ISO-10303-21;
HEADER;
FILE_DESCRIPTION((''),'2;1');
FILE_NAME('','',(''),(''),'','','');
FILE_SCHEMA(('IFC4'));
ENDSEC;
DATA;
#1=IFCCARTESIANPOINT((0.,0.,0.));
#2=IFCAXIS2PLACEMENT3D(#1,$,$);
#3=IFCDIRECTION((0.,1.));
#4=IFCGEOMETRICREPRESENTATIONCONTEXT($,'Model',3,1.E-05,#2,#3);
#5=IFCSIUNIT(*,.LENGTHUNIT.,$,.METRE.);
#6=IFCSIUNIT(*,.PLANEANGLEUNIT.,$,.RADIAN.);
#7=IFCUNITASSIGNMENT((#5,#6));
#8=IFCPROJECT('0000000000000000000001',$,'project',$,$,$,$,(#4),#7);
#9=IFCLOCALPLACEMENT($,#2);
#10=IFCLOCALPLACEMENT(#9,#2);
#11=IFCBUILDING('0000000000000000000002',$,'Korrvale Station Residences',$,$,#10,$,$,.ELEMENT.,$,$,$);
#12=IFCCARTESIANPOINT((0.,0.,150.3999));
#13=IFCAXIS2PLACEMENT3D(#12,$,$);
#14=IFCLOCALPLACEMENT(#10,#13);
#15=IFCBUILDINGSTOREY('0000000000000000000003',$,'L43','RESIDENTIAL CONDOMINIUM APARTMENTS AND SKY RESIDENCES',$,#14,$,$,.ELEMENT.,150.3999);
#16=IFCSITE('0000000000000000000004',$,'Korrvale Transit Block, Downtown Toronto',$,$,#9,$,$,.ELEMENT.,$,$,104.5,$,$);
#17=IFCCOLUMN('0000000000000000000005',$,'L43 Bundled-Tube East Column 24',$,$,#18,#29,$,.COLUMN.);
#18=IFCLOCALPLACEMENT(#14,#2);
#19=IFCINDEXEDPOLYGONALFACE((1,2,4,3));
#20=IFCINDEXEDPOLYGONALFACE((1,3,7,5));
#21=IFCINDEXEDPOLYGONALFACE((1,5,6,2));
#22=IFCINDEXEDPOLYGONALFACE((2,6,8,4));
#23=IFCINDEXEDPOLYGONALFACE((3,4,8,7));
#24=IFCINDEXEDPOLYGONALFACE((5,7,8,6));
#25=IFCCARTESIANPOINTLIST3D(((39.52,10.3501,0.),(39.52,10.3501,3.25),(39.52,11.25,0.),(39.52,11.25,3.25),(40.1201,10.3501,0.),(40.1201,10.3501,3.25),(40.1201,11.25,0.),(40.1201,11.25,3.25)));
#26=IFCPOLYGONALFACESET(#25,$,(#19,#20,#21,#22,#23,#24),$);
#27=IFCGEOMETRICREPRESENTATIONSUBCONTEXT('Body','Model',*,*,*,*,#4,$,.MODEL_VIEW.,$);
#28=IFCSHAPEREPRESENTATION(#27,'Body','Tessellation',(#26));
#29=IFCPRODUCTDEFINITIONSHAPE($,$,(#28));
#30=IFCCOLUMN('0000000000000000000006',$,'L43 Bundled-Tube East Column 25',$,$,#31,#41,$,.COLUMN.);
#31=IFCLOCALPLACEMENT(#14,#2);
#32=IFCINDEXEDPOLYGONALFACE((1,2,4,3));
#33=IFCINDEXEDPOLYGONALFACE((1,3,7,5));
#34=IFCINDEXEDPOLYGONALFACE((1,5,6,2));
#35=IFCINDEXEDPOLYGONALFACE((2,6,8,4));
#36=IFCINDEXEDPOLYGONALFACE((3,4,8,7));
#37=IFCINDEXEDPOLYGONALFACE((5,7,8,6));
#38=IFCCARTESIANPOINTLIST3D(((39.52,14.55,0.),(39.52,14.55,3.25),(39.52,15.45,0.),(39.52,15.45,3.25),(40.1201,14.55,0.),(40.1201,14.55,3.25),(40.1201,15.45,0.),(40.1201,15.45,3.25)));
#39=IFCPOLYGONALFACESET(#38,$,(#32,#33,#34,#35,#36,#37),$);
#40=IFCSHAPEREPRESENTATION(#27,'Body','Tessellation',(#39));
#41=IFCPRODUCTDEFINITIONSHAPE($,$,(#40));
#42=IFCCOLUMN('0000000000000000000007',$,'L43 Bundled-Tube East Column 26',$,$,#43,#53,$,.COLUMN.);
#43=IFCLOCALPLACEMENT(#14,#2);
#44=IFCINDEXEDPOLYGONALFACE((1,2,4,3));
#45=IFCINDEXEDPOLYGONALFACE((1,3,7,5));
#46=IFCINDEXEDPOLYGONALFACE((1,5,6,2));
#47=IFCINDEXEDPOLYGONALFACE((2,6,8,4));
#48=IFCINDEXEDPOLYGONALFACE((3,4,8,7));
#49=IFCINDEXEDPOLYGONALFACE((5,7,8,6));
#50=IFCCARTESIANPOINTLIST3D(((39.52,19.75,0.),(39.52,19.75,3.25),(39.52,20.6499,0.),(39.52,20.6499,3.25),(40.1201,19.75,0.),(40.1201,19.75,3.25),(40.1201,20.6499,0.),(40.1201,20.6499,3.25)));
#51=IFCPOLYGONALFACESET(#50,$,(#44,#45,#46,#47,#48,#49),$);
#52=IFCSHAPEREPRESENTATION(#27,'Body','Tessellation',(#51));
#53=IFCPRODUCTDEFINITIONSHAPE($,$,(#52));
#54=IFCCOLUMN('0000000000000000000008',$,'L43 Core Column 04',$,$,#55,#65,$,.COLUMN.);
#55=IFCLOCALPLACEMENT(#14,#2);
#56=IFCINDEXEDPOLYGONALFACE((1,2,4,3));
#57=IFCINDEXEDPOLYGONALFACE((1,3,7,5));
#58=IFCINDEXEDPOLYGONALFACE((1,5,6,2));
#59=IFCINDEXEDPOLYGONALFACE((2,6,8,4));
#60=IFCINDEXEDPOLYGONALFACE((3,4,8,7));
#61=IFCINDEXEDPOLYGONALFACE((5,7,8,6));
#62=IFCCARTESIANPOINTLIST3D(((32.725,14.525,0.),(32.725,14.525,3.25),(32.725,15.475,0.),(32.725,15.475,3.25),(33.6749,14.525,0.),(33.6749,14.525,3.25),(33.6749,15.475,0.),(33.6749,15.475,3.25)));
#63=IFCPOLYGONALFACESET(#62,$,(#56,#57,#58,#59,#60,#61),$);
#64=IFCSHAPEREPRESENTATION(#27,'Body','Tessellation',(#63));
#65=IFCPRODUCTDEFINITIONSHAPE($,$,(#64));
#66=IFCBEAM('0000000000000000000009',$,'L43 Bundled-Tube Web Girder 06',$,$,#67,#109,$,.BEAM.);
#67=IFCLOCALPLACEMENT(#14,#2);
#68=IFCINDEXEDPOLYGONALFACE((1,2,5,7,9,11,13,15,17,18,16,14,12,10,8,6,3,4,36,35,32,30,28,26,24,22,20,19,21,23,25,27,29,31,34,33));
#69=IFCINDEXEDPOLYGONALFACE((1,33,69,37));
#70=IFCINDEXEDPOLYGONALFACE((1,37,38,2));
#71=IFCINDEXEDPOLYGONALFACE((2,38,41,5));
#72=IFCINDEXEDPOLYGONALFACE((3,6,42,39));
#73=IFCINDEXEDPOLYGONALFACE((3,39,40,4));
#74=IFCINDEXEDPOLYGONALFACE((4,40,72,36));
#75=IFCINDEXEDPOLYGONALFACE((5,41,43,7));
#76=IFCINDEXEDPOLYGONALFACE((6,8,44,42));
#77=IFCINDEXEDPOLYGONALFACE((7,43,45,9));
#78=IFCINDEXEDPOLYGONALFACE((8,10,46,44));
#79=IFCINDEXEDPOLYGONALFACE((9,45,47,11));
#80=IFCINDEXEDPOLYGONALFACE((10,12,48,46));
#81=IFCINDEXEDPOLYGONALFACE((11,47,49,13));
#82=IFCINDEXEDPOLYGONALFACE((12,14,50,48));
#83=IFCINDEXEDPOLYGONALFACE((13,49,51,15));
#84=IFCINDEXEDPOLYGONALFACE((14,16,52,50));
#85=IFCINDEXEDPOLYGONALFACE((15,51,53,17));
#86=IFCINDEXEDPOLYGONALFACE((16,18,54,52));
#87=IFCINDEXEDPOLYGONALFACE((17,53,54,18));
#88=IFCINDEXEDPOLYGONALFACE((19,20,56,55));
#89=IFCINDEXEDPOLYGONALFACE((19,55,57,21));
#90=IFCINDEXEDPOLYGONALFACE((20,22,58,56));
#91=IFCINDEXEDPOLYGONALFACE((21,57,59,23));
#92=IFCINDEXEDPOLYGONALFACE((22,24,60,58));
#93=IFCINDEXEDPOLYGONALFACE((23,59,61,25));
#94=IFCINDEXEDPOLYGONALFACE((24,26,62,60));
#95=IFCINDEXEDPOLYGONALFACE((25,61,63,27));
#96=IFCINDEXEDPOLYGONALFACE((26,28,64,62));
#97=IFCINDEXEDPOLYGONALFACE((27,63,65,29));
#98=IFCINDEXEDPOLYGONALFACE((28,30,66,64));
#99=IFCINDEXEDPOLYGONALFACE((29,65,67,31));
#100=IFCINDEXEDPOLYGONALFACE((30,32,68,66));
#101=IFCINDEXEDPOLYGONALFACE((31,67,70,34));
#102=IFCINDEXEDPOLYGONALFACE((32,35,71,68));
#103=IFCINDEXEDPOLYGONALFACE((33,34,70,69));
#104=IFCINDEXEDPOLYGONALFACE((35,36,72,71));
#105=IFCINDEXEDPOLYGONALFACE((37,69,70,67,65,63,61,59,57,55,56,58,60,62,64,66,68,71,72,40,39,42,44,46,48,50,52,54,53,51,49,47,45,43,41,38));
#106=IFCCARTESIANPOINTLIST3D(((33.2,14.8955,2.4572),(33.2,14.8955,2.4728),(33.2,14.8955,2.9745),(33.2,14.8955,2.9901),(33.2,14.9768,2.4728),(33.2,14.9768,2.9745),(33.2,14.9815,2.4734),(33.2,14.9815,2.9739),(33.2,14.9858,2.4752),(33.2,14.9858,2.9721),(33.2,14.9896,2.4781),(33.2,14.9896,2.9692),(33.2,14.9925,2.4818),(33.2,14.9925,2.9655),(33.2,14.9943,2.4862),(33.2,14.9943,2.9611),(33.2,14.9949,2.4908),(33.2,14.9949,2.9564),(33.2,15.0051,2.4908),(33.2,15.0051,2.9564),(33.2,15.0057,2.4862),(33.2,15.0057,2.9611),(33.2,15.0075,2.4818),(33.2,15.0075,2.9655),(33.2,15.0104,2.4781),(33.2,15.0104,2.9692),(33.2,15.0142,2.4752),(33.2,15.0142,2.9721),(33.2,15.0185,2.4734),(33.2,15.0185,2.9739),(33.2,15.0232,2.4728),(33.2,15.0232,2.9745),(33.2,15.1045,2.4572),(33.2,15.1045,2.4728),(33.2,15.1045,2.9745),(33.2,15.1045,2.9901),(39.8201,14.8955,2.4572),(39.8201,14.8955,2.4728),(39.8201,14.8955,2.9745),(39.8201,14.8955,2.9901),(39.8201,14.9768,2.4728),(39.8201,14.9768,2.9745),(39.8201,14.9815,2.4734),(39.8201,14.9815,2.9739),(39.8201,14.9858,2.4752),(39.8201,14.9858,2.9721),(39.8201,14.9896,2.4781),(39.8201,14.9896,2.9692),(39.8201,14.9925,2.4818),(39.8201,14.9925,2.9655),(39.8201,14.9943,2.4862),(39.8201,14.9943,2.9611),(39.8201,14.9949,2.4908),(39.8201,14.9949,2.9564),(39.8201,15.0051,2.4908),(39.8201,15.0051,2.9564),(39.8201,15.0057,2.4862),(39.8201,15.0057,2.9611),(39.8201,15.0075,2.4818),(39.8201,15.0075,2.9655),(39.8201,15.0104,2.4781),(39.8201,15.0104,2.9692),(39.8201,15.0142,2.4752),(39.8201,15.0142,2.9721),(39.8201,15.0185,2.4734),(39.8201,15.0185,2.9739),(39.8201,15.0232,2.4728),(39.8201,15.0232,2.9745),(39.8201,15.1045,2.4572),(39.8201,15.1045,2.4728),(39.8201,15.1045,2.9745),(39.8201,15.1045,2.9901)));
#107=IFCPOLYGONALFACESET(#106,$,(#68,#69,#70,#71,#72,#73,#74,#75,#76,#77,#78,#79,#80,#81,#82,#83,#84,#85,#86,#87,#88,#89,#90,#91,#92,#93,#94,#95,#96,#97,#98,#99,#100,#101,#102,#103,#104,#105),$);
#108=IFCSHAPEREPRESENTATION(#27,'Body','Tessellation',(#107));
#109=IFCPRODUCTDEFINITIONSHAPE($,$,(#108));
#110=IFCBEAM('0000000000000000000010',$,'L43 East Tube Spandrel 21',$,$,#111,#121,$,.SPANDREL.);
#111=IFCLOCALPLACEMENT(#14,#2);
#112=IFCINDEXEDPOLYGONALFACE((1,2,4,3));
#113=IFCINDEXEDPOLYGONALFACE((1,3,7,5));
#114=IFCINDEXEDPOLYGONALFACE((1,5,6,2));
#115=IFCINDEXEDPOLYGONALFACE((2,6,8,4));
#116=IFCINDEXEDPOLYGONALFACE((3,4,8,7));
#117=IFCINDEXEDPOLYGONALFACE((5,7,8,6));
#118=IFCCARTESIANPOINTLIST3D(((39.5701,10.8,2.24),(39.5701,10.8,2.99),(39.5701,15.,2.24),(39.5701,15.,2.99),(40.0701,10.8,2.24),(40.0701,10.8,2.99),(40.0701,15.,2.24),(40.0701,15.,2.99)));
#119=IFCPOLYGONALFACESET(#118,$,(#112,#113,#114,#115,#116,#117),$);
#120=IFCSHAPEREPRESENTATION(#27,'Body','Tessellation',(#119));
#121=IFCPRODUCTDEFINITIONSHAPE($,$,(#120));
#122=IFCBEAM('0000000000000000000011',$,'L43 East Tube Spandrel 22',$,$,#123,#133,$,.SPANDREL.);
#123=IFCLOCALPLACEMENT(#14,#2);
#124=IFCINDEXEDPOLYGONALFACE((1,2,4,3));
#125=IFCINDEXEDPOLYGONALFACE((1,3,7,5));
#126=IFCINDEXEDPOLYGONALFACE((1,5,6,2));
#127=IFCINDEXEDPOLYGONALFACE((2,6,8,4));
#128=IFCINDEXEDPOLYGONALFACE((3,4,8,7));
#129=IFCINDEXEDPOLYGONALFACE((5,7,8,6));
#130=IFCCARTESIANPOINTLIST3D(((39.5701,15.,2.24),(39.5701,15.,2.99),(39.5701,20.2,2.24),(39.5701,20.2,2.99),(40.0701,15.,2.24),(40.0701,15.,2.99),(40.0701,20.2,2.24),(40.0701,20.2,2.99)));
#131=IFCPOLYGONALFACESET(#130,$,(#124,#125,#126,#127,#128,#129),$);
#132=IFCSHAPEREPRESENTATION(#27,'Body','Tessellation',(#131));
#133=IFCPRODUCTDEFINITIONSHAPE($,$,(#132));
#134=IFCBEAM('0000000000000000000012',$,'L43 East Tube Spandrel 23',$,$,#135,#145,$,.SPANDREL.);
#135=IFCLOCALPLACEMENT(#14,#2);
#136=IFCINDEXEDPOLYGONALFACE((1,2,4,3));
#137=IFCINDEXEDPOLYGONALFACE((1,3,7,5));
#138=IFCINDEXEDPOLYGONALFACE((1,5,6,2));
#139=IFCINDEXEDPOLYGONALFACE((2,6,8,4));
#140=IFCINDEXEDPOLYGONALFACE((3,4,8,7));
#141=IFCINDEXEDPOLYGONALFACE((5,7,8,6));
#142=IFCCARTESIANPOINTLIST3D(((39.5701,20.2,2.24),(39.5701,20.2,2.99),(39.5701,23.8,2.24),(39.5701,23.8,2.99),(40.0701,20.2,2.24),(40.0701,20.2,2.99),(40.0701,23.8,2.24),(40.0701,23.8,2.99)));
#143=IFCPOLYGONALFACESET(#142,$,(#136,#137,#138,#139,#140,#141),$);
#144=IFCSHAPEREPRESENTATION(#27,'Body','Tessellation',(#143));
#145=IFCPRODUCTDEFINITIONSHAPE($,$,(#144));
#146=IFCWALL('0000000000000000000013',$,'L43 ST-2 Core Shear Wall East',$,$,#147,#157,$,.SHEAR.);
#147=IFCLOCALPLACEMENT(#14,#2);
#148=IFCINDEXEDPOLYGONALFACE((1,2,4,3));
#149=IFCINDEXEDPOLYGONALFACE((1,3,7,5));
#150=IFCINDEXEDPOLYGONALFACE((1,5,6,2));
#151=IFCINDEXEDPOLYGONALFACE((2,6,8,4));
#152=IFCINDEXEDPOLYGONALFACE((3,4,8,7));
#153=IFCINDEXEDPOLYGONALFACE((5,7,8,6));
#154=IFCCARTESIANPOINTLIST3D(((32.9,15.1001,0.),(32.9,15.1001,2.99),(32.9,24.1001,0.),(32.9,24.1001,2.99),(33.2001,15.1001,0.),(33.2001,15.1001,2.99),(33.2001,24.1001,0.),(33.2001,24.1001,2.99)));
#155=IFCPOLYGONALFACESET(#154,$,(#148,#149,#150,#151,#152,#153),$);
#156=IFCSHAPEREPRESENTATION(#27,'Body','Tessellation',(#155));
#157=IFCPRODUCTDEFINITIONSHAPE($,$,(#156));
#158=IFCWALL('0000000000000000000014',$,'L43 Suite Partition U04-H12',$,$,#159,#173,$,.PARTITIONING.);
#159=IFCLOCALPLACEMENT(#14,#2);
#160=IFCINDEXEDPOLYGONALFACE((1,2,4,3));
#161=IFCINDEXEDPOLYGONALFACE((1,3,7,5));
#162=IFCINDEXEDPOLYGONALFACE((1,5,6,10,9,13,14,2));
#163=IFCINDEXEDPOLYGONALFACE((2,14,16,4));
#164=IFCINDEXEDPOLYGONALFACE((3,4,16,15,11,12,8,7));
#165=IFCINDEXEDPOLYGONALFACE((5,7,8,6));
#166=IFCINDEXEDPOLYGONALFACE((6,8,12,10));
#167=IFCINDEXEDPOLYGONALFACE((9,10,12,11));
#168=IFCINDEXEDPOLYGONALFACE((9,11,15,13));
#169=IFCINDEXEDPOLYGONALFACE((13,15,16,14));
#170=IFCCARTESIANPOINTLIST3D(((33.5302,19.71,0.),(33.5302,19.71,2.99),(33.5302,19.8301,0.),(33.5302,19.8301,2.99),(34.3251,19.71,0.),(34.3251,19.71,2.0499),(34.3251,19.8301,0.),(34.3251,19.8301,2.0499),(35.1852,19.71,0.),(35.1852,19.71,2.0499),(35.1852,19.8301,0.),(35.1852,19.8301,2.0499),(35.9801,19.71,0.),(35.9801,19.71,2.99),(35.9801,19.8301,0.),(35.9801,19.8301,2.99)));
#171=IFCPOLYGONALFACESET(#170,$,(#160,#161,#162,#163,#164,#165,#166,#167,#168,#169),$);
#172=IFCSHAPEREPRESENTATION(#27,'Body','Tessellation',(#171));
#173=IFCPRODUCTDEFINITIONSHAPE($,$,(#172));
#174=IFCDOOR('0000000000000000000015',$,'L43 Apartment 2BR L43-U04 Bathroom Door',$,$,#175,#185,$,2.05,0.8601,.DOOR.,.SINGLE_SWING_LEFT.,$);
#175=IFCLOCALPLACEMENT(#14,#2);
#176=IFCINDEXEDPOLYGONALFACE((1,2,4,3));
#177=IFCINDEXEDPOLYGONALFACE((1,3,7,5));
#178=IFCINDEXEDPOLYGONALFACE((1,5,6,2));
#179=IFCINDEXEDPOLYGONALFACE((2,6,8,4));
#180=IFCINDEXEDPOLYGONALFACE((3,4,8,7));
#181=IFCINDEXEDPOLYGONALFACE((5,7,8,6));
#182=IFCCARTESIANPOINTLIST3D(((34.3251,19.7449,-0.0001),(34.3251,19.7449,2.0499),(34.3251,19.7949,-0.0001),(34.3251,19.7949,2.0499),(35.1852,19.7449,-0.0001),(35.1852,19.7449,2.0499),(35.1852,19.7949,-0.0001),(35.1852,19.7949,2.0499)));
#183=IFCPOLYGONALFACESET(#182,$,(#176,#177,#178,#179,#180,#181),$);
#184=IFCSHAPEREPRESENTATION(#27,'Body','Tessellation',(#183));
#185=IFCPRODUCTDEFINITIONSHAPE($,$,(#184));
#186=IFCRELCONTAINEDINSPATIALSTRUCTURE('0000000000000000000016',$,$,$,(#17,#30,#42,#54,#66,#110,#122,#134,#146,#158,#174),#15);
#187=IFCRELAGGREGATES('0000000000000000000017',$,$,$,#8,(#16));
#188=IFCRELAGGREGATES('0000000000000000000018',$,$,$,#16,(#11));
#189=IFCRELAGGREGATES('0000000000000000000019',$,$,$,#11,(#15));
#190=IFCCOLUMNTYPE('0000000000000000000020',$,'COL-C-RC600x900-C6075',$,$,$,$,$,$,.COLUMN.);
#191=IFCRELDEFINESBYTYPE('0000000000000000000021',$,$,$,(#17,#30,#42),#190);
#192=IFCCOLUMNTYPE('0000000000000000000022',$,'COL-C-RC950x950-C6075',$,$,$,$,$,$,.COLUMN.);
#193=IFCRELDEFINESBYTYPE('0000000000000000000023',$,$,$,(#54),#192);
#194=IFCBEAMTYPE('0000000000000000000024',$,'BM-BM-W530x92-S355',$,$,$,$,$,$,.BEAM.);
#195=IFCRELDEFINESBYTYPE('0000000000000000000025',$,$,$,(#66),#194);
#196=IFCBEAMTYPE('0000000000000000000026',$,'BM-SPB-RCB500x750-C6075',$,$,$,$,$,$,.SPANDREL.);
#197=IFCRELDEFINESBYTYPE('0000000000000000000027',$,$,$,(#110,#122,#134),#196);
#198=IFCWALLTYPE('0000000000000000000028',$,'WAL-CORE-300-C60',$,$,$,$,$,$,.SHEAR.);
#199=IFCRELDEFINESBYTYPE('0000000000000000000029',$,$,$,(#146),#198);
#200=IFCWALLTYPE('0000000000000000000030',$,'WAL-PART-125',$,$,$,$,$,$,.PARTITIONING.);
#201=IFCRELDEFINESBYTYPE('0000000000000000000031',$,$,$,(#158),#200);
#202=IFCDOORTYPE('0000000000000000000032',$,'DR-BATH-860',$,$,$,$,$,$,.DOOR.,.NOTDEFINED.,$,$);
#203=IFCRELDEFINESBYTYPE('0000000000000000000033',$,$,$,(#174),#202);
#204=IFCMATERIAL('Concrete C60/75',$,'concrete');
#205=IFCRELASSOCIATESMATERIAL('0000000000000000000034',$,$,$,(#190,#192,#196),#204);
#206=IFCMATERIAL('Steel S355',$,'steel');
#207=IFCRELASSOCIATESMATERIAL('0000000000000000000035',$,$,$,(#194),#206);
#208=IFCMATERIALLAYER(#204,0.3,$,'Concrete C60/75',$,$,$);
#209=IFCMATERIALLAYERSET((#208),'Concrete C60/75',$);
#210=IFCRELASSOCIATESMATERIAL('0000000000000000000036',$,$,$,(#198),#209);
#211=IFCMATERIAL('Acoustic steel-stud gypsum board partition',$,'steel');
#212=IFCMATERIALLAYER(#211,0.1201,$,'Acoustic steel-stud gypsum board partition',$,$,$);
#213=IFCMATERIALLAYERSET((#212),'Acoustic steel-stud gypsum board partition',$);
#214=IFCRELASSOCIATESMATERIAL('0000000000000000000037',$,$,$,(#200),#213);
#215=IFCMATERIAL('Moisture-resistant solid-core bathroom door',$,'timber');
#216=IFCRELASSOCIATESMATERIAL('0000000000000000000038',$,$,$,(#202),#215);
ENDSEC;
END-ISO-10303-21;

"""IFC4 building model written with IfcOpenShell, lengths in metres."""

from ifc_helpers import new_model, si_unit, direction, frame, frame_2d, origin, origin_2d, place, context, subcontext, project, spatial, rectangle, i_section, extrude, material, layer, layer_set, material_profile, profile_set, type_object, element, fill, save


model = new_model("IFC4")

# Units and contexts
model_context = context("Model", 3, precision=1e-05, world=origin(), true_north=direction((0.0, 1.0)))
body_context = subcontext(model_context, "Body", "Model", "MODEL_VIEW")
ifc_project = project(units=[si_unit("LENGTHUNIT", "METRE"), si_unit("PLANEANGLEUNIT", "RADIAN")], contexts=[model_context])

# Site, building, storey
site_placement = place(None, origin())
site = spatial("IfcSite", under=ifc_project, at=site_placement, Name="Korrvale Transit Block, Downtown Toronto", CompositionType="ELEMENT", RefElevation=104.5)
building_placement = place(site_placement, origin())
building = spatial("IfcBuilding", under=site, at=building_placement, Name="Korrvale Station Residences", CompositionType="ELEMENT")
storey_placement = place(building_placement, frame((0.0, 0.0, 150.3999)))
storey = spatial("IfcBuildingStorey", under=building, at=storey_placement, Name="L43", Description="RESIDENTIAL CONDOMINIUM APARTMENTS AND SKY RESIDENCES", CompositionType="ELEMENT", Elevation=150.3999)

# Columns
ifc_material_1 = material(Name="Concrete C60/75", Category="concrete")
ifc_material_profile_1 = material_profile(ifc_material_1, rectangle(XDim=0.6001, YDim=0.8999, at=origin_2d()), Name="RC600x900")
ifc_profile_set_1 = profile_set([ifc_material_profile_1], Name="Concrete C60/75")
column_type_1 = type_object("IfcColumnType", Name="COL-C-RC600x900-C6075", PredefinedType="COLUMN", material=ifc_profile_set_1)
for number, where, z_axis, x_axis, name in (
    (1, (39.8201, 10.8, 0.0), (0.0, 0.0, 1.0), (1.0, 0.0, 0.0), "L43 Bundled-Tube East Column 24"),
    (2, (39.8201, 15.0, 0.0), (0.0, 0.0, 1.0), (1.0, 0.0, 0.0), "L43 Bundled-Tube East Column 25"),
    (3, (39.8201, 20.2, 0.0), (0.0, 0.0, 1.0), (1.0, 0.0, 0.0), "L43 Bundled-Tube East Column 26"),
):
    element("IfcColumn", number, at=place(storey_placement, frame(where, z_axis=z_axis, x_axis=x_axis)), inside=storey, type_object=column_type_1, Name=name, PredefinedType="COLUMN", context=body_context, shape_type="SweptSolid", body=[
        extrude(rectangle(XDim=0.6001, YDim=0.8999, at=origin_2d()), origin(), (0.0, 0.0, 1.0), 3.25),
    ])
ifc_material_profile_2 = material_profile(ifc_material_1, rectangle(XDim=0.95, YDim=0.95, at=origin_2d()), Name="RC950x950")
ifc_profile_set_2 = profile_set([ifc_material_profile_2], Name="Concrete C60/75")
column_type_2 = type_object("IfcColumnType", Name="COL-C-RC950x950-C6075", PredefinedType="COLUMN", material=ifc_profile_set_2)
column_placement = place(storey_placement, frame((33.2, 15.0, 0.0), z_axis=(0.0, 0.0, 1.0), x_axis=(1.0, 0.0, 0.0)))
element("IfcColumn", 4, at=column_placement, inside=storey, type_object=column_type_2, Name="L43 Core Column 04", PredefinedType="COLUMN", context=body_context, shape_type="SweptSolid", body=[
    extrude(rectangle(XDim=0.95, YDim=0.95, at=origin_2d()), origin(), (0.0, 0.0, 1.0), 3.25),
])

# Beams
ifc_material_2 = material(Name="Steel S355", Category="steel")
ifc_material_profile_3 = material_profile(ifc_material_2, i_section(OverallWidth=0.209, OverallDepth=0.533, WebThickness=0.0103, FlangeThickness=0.0156, FilletRadius=0.0181, at=origin_2d()), Name="W530x92")
ifc_profile_set_3 = profile_set([ifc_material_profile_3], Name="Steel S355")
beam_type_1 = type_object("IfcBeamType", Name="BM-BM-W530x92-S355", PredefinedType="BEAM", material=ifc_profile_set_3)
beam_1_placement = place(storey_placement, frame((33.2, 15.0, 2.7236), z_axis=(1.0, 0.0, 0.0), x_axis=(0.0, 1.0, 0.0)))
element("IfcBeam", 5, at=beam_1_placement, inside=storey, type_object=beam_type_1, Name="L43 Bundled-Tube Web Girder 06", PredefinedType="BEAM", context=body_context, shape_type="SweptSolid", body=[
    extrude(i_section(OverallWidth=0.209, OverallDepth=0.533, WebThickness=0.0103, FlangeThickness=0.0156, FilletRadius=0.0181, at=origin_2d()), origin(), (0.0, 0.0, 1.0), 6.6201),
])
ifc_material_profile_4 = material_profile(ifc_material_1, rectangle(XDim=0.5, YDim=0.75, at=origin_2d()), Name="RCB500x750")
ifc_profile_set_4 = profile_set([ifc_material_profile_4], Name="Concrete C60/75")
beam_type_2 = type_object("IfcBeamType", Name="BM-SPB-RCB500x750-C6075", PredefinedType="SPANDREL", material=ifc_profile_set_4)
beam_2_placement = place(storey_placement, frame((39.8201, 10.8, 2.615), z_axis=(0.0, 1.0, 0.0), x_axis=(-1.0, 0.0, 0.0)))
element("IfcBeam", 6, at=beam_2_placement, inside=storey, type_object=beam_type_2, Name="L43 East Tube Spandrel 21", PredefinedType="SPANDREL", context=body_context, shape_type="SweptSolid", body=[
    extrude(rectangle(XDim=0.5, YDim=0.75, at=origin_2d()), origin(), (0.0, 0.0, 1.0), 4.2),
])
beam_3_placement = place(storey_placement, frame((39.8201, 15.0, 2.615), z_axis=(0.0, 1.0, 0.0), x_axis=(-1.0, 0.0, 0.0)))
element("IfcBeam", 7, at=beam_3_placement, inside=storey, type_object=beam_type_2, Name="L43 East Tube Spandrel 22", PredefinedType="SPANDREL", context=body_context, shape_type="SweptSolid", body=[
    extrude(rectangle(XDim=0.5, YDim=0.75, at=origin_2d()), origin(), (0.0, 0.0, 1.0), 5.2),
])
beam_4_placement = place(storey_placement, frame((39.8201, 20.2, 2.615), z_axis=(0.0, 1.0, 0.0), x_axis=(-1.0, 0.0, 0.0)))
element("IfcBeam", 8, at=beam_4_placement, inside=storey, type_object=beam_type_2, Name="L43 East Tube Spandrel 23", PredefinedType="SPANDREL", context=body_context, shape_type="SweptSolid", body=[
    extrude(rectangle(XDim=0.5, YDim=0.75, at=origin_2d()), origin(), (0.0, 0.0, 1.0), 3.6001),
])

# Wall
ifc_layer_1 = layer(ifc_material_1, 0.3, Name="Concrete C60/75")
ifc_layer_set_1 = layer_set([ifc_layer_1], Name="Concrete C60/75")
wall_type_1 = type_object("IfcWallType", Name="WAL-CORE-300-C60", PredefinedType="SHEAR", material=ifc_layer_set_1)
wall_1_placement = place(storey_placement, frame((33.05, 15.1001, 0.0), z_axis=(0.0, 0.0, 1.0), x_axis=(0.0, 1.0, 0.0)))
element("IfcWall", 9, at=wall_1_placement, inside=storey, type_object=wall_type_1, Name="L43 ST-2 Core Shear Wall East", PredefinedType="SHEAR", context=body_context, shape_type="SweptSolid", body=[
    extrude(rectangle(XDim=9.0, YDim=0.3, at=frame_2d((4.5, 0.0))), origin(), (0.0, 0.0, 1.0), 2.99),
])

# Wall, opening, door
ifc_material_3 = material(Name="Acoustic steel-stud gypsum board partition", Category="steel")
ifc_layer_2 = layer(ifc_material_3, 0.1201, Name="Acoustic steel-stud gypsum board partition")
ifc_layer_set_2 = layer_set([ifc_layer_2], Name="Acoustic steel-stud gypsum board partition")
wall_type_2 = type_object("IfcWallType", Name="WAL-PART-125", PredefinedType="PARTITIONING", material=ifc_layer_set_2)
wall_2_placement = place(storey_placement, frame((33.53, 19.77, 0.0), z_axis=(0.0, 0.0, 1.0), x_axis=(1.0, 0.0, 0.0)))
wall_2 = element("IfcWall", 10, at=wall_2_placement, inside=storey, type_object=wall_type_2, Name="L43 Suite Partition U04-H12", PredefinedType="PARTITIONING", context=body_context, shape_type="SweptSolid", body=[
    extrude(rectangle(XDim=2.45, YDim=0.1201, at=frame_2d((1.2251, 0.0))), origin(), (0.0, 0.0, 1.0), 2.99),
])
opening_1_placement = place(wall_2_placement, frame((0.7949, 0.0, 0.0)))
opening_1 = element("IfcOpeningElement", 11, at=opening_1_placement, cuts=wall_2, PredefinedType="OPENING", context=body_context, shape_type="SweptSolid", body=[
    extrude(rectangle(XDim=0.8601, YDim=2.05, at=frame_2d((0.4302, 1.0249))), frame((0.0, 0.0701, 0.0), z_axis=(0.0, -1.0, 0.0), x_axis=(1.0, 0.0, 0.0)), (0.0, 0.0, 1.0), 0.1401),
])
ifc_material_4 = material(Name="Moisture-resistant solid-core bathroom door", Category="timber")
door_type_1 = type_object("IfcDoorType", Name="DR-BATH-860", OperationType="NOTDEFINED", PredefinedType="DOOR", material=ifc_material_4)
door_1_placement = place(opening_1_placement, origin())
door_1 = element("IfcDoor", 12, at=door_1_placement, inside=storey, type_object=door_type_1, Name="L43 Apartment 2BR L43-U04 Bathroom Door", OperationType="SINGLE_SWING_LEFT", OverallHeight=2.05, OverallWidth=0.8601, PredefinedType="DOOR", context=body_context, shape_type="SweptSolid", body=[
    extrude(rectangle(XDim=0.8601, YDim=2.05, at=frame_2d((0.4302, 1.0249))), frame((0.0, 0.0249, 0.0), z_axis=(0.0, -1.0, 0.0), x_axis=(1.0, 0.0, 0.0)), (0.0, 0.0, 1.0), 0.05),
])
fill(opening_1, door_1)

save(model, "model.ifc")
